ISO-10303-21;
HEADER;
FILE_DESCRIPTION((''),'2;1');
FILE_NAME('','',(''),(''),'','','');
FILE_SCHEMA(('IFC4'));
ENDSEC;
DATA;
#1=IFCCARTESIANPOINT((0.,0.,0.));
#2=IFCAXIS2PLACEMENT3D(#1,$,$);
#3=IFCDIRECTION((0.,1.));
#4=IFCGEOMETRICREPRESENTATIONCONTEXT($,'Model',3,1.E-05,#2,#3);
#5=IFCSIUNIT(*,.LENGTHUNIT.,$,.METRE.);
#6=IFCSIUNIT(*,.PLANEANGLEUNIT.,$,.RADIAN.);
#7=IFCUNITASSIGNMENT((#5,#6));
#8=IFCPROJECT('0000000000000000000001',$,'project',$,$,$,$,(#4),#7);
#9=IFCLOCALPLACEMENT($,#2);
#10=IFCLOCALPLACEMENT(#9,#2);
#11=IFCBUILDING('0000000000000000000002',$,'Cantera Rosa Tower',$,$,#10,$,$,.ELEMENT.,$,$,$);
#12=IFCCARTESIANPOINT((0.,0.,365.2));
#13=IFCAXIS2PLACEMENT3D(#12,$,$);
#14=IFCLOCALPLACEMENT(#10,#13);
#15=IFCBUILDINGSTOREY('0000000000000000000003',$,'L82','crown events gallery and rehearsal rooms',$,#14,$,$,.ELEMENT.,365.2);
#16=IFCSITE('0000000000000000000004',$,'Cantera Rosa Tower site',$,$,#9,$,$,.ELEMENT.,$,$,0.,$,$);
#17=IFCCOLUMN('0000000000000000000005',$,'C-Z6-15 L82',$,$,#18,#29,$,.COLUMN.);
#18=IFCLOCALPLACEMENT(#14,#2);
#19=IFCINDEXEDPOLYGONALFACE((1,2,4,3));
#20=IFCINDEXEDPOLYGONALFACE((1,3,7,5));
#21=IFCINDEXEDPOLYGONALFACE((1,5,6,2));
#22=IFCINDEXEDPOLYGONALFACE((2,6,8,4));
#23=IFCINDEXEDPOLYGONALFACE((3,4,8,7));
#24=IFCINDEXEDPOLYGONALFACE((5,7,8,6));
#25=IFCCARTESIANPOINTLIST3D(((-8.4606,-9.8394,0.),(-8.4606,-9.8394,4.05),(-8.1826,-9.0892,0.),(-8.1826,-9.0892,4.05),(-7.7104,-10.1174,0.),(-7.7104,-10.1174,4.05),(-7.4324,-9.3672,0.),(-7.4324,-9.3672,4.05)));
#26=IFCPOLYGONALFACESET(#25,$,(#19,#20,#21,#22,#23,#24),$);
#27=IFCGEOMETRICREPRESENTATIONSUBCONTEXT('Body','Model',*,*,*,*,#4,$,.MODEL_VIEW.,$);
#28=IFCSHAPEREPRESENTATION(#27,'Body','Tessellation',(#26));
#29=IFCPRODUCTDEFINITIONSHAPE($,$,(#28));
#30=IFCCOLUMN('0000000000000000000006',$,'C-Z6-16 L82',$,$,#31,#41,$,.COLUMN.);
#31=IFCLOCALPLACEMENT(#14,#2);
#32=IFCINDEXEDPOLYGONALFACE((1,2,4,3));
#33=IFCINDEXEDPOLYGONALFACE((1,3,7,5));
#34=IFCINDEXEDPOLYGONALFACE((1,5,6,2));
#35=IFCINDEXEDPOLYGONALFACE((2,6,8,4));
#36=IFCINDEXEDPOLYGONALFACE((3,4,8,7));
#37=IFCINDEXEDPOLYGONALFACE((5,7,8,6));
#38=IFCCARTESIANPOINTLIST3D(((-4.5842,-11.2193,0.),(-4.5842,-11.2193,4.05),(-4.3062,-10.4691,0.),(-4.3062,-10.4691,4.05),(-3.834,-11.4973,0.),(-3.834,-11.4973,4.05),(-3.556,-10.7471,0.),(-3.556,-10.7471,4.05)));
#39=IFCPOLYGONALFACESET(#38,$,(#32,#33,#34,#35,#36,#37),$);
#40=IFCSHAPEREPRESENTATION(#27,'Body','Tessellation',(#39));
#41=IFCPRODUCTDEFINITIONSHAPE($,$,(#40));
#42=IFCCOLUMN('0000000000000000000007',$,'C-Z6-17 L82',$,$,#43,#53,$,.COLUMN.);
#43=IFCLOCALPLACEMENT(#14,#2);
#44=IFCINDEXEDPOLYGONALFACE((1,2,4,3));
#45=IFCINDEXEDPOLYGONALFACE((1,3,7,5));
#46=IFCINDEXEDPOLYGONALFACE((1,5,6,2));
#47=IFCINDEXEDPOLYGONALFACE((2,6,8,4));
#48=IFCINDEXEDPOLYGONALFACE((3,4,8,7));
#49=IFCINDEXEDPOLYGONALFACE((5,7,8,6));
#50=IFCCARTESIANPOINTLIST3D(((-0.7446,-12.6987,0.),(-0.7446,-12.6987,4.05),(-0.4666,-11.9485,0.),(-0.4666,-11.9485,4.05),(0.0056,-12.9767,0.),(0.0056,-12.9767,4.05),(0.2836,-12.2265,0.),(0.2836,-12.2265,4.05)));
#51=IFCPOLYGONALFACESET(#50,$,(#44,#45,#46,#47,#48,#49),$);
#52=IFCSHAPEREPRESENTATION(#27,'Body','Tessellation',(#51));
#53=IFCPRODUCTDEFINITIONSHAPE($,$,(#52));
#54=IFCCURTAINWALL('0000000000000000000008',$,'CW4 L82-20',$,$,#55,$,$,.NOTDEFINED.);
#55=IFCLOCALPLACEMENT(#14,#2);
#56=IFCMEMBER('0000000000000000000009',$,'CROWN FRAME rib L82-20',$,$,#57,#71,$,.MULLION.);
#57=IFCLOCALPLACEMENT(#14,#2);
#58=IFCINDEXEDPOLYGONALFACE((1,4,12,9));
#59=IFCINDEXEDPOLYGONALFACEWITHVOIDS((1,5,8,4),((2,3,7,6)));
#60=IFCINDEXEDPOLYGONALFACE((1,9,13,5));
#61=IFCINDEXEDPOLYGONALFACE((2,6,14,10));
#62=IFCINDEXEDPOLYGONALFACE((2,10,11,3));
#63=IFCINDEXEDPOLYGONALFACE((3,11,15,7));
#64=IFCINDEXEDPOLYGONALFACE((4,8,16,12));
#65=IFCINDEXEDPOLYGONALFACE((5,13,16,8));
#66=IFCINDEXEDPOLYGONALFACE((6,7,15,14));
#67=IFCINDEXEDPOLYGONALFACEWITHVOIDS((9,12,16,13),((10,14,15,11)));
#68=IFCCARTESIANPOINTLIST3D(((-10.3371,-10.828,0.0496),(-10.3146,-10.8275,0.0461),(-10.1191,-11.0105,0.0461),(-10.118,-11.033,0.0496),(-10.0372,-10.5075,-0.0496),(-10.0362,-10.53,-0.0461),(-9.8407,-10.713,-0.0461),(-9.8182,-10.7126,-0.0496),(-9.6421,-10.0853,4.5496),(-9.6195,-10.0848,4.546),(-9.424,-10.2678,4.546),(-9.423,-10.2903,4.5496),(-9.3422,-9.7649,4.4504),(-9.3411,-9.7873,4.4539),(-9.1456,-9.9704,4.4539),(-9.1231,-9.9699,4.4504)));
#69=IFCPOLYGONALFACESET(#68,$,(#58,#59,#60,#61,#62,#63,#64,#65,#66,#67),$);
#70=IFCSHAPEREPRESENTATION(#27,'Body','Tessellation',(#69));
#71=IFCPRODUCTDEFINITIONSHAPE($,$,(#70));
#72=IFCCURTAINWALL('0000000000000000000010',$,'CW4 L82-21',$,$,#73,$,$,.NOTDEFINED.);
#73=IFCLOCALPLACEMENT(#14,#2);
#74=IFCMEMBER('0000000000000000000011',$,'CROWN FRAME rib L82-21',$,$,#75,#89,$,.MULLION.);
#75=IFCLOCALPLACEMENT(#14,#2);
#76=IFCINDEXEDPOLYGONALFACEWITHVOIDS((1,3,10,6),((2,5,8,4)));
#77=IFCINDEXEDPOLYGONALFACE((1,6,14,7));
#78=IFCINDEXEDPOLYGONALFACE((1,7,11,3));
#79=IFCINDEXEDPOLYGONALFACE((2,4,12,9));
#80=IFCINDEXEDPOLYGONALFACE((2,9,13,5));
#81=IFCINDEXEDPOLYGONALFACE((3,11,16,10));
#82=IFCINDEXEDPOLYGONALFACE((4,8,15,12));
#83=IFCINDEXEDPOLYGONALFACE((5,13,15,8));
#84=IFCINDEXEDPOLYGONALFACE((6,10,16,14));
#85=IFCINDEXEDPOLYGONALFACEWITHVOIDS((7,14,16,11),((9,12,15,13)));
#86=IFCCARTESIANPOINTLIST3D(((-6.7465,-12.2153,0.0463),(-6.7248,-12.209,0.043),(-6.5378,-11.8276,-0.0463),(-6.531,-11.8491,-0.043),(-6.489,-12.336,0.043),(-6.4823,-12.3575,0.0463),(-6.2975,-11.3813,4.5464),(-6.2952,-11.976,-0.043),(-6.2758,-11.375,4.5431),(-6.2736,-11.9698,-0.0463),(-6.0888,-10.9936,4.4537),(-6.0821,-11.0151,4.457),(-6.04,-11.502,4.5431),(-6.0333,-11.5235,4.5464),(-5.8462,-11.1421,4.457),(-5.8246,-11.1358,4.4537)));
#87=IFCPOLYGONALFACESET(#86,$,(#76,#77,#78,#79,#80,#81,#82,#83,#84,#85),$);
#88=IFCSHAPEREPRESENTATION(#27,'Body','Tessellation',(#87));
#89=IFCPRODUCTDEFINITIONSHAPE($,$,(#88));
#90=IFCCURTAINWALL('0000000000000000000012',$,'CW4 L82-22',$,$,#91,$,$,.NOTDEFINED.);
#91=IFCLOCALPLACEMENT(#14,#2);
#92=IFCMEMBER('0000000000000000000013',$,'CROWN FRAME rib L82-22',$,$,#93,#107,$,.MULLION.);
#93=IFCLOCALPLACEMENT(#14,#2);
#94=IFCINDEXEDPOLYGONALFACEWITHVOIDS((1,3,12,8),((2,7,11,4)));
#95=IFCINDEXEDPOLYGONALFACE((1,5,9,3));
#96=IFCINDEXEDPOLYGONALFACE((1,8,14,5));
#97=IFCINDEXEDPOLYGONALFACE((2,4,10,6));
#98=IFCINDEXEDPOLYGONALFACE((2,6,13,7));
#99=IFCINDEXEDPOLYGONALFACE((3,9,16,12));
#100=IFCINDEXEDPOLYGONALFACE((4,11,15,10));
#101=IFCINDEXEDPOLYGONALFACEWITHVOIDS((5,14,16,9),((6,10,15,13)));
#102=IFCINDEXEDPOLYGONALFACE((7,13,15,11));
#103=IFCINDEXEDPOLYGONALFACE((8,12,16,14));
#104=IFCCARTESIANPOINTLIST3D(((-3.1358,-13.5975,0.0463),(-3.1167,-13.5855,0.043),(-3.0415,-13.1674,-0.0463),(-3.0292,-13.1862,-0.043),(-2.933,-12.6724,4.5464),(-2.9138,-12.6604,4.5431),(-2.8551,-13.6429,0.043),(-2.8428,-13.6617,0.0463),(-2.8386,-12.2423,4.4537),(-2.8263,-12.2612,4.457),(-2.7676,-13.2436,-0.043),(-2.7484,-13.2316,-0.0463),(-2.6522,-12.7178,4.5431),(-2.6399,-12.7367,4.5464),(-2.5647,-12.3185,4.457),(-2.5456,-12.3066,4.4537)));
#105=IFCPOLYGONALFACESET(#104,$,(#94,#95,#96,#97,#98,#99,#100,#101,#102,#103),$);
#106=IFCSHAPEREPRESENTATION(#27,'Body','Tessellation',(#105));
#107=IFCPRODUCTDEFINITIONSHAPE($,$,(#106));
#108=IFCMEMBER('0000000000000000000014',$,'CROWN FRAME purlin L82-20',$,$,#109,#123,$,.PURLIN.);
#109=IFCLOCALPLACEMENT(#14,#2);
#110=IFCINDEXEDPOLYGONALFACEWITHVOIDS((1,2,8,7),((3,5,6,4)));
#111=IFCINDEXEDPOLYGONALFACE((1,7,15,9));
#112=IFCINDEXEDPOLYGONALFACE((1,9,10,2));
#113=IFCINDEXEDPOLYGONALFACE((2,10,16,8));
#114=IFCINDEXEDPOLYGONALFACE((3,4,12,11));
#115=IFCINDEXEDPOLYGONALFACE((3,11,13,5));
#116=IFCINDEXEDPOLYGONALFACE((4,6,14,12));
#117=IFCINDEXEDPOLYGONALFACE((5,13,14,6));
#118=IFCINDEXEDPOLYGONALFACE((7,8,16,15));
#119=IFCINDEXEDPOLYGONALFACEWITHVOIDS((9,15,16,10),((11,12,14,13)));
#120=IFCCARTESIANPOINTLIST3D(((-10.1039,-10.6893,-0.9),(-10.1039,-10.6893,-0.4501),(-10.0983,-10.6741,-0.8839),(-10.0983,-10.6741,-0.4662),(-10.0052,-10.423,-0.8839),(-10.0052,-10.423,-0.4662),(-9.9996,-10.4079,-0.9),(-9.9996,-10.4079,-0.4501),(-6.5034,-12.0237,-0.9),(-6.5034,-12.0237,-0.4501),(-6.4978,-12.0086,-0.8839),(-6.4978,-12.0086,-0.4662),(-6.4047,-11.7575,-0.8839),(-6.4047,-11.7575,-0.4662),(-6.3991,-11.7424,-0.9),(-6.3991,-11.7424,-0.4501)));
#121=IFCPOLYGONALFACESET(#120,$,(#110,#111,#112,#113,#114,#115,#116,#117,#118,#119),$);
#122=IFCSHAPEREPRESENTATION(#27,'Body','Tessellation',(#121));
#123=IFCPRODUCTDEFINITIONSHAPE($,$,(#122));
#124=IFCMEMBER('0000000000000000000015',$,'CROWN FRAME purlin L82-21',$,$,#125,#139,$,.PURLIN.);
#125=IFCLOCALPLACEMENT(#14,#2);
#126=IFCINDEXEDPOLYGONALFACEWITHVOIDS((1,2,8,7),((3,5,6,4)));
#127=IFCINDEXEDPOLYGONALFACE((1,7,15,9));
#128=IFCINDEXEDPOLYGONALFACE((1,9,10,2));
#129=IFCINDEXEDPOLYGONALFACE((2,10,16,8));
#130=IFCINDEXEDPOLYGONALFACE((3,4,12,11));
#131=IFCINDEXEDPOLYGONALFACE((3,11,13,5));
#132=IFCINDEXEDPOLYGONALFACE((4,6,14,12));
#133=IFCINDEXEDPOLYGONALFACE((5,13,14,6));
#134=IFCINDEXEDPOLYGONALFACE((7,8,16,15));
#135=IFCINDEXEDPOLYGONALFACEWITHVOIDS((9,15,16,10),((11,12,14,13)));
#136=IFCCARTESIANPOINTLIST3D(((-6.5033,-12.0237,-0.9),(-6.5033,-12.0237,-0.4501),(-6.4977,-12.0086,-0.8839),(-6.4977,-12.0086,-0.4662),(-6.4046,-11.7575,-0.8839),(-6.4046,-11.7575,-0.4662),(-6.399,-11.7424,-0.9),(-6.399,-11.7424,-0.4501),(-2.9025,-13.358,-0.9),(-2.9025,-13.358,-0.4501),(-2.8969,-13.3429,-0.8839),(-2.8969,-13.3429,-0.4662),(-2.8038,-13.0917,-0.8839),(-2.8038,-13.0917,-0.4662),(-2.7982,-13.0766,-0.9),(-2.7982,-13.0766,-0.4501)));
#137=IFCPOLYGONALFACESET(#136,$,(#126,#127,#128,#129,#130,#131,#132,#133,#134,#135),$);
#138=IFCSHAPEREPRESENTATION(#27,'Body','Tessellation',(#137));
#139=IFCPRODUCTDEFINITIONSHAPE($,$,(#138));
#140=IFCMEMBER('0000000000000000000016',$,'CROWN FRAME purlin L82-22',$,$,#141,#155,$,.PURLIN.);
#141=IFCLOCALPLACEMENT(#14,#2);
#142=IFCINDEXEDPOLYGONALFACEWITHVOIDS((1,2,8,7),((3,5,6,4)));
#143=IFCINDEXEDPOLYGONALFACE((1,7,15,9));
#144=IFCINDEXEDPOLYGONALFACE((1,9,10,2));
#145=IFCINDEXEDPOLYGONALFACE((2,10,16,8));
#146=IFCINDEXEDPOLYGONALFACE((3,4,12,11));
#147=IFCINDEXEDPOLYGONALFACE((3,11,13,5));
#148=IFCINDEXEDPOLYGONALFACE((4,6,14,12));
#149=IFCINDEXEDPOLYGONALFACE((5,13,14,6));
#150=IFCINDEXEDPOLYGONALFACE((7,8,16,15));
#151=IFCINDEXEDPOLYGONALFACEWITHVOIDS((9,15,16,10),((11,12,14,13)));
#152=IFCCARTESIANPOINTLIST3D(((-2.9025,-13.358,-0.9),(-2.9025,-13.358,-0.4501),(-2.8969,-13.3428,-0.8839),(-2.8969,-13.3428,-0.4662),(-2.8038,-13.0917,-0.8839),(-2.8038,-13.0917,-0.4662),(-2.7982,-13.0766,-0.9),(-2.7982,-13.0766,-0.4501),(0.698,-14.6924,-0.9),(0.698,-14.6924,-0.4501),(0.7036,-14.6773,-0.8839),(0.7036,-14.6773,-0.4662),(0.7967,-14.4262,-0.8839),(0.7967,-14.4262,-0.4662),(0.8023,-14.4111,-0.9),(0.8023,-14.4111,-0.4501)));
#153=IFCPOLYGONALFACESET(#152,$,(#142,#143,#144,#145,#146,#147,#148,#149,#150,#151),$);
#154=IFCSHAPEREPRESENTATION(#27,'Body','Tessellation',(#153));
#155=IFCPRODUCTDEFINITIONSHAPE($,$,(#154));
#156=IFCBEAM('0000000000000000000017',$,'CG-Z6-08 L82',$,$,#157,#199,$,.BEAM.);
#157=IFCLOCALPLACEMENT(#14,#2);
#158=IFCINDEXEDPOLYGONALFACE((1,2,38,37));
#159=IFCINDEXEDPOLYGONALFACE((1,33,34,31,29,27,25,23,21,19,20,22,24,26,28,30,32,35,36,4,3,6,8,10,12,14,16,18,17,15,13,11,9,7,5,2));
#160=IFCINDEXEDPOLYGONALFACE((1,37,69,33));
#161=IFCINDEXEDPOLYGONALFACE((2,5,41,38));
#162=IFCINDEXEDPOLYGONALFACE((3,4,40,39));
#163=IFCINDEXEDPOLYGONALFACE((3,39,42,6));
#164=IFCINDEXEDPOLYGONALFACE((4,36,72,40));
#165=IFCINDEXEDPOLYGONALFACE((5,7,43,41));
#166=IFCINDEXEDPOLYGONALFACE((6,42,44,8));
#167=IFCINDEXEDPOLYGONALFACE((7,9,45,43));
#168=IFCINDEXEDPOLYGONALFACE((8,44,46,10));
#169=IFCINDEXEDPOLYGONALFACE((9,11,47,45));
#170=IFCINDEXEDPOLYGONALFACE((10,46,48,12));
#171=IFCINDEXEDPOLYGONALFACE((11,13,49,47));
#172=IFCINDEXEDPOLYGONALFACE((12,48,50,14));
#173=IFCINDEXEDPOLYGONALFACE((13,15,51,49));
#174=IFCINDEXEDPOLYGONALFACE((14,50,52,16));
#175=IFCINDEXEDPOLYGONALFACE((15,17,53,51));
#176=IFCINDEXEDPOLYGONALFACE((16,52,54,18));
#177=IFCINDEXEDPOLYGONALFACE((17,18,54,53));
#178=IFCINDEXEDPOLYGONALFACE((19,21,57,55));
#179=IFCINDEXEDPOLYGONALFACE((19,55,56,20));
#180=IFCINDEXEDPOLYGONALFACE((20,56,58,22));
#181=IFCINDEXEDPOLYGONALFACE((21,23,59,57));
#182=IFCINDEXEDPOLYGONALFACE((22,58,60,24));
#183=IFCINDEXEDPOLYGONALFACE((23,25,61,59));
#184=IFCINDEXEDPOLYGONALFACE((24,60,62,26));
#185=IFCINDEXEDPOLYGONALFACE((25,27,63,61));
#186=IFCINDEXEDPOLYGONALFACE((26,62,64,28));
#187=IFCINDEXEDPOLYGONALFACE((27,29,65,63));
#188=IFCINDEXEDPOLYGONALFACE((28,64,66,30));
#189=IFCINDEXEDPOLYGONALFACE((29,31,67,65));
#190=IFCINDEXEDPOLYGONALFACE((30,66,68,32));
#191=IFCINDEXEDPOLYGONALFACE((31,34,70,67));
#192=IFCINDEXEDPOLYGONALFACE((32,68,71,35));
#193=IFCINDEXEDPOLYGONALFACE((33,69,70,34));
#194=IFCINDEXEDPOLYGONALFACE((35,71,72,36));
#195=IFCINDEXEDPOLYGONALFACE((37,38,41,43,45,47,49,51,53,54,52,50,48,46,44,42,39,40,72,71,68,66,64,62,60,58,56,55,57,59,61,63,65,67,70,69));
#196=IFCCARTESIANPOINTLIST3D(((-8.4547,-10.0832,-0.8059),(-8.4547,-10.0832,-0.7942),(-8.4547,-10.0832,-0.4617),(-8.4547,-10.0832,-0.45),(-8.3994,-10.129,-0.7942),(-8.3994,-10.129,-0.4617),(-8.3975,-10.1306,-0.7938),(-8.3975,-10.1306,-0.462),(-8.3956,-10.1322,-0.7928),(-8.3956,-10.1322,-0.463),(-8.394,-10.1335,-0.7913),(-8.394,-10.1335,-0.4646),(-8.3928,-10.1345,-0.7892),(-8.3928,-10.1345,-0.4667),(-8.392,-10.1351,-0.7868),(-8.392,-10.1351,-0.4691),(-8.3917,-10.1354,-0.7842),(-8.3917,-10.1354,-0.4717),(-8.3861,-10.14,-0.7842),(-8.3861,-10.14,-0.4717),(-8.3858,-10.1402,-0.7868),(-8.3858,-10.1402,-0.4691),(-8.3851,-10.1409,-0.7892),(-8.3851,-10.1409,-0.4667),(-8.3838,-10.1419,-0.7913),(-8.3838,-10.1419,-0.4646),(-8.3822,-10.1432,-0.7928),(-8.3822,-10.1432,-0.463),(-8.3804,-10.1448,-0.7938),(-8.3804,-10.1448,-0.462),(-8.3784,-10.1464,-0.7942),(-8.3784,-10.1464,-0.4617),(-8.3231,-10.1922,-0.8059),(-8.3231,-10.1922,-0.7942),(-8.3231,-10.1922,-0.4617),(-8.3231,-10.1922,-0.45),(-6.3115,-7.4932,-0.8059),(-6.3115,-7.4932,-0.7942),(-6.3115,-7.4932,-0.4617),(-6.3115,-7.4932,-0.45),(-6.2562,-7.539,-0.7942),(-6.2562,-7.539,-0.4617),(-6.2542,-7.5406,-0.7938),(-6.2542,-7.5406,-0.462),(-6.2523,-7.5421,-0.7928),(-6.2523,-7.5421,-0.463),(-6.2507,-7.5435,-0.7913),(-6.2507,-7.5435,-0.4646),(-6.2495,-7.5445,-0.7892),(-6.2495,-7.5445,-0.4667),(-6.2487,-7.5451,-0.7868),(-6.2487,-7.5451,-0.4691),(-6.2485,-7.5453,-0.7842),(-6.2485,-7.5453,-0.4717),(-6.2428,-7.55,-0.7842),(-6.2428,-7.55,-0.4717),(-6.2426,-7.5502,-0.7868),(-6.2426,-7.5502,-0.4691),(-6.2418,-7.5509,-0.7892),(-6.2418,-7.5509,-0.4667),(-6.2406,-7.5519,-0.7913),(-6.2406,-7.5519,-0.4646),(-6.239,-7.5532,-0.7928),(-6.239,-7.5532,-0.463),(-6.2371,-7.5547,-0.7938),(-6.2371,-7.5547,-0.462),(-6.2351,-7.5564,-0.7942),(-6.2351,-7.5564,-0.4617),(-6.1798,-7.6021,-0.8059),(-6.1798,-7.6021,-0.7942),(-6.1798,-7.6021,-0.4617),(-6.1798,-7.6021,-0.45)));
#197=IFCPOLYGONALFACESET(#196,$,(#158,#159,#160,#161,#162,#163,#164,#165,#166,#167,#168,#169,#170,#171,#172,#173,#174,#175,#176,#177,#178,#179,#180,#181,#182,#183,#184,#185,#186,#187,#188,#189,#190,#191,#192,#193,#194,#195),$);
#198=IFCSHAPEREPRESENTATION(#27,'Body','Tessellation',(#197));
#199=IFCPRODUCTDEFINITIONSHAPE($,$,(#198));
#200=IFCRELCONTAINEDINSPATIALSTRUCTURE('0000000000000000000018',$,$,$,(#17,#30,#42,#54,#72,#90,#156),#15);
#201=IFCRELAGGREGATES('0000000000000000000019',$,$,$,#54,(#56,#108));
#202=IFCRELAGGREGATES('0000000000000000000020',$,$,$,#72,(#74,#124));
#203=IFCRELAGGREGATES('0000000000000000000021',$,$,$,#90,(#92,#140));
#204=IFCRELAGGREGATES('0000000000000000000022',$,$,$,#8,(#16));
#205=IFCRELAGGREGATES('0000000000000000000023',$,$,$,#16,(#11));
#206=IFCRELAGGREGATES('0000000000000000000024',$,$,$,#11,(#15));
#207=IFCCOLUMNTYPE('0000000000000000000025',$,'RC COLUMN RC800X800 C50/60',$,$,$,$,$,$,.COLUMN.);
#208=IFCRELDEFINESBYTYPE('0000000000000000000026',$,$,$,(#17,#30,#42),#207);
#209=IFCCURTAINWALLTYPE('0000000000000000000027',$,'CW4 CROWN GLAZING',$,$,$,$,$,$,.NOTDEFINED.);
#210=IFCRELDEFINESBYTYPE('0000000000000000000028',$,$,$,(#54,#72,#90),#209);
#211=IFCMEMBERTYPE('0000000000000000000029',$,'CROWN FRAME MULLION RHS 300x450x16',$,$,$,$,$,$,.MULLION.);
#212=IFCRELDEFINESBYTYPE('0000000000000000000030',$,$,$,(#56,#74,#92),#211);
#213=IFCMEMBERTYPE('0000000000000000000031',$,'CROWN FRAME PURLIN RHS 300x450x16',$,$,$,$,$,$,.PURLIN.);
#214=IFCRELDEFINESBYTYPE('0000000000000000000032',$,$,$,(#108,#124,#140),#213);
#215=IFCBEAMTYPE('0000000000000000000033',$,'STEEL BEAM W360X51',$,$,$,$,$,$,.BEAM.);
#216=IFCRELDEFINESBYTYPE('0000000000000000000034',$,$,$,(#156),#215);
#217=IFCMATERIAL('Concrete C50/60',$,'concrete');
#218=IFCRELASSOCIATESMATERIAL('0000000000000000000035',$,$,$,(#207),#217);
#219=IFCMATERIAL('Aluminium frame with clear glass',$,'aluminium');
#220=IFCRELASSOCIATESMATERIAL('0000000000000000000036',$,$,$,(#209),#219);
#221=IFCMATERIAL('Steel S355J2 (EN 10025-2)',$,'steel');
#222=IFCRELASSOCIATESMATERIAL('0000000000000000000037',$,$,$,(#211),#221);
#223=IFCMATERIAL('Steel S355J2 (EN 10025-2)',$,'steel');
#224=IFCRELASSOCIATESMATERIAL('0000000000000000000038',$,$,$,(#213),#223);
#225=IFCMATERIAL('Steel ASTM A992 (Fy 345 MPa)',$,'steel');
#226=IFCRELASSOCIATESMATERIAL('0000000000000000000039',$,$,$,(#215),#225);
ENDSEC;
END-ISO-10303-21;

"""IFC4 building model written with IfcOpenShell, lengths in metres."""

from ifc_helpers import new_model, si_unit, direction, frame, origin, origin_2d, place, context, subcontext, project, spatial, rectangle, hollow_rectangle, i_section, extrude, material, material_profile, profile_set, type_object, element, aggregate, save


model = new_model("IFC4")

# Units and contexts
model_context = context("Model", 3, precision=1e-05, world=origin(), true_north=direction((0.0, 1.0)))
body_context = subcontext(model_context, "Body", "Model", "MODEL_VIEW")
ifc_project = project(units=[si_unit("LENGTHUNIT", "METRE"), si_unit("PLANEANGLEUNIT", "RADIAN")], contexts=[model_context])

# Site, building, storey
site_placement = place(None, origin())
site = spatial("IfcSite", under=ifc_project, at=site_placement, Name="Cantera Rosa Tower site", CompositionType="ELEMENT", RefElevation=0.0)
building_placement = place(site_placement, origin())
building = spatial("IfcBuilding", under=site, at=building_placement, Name="Cantera Rosa Tower", CompositionType="ELEMENT")
storey_placement = place(building_placement, frame((0.0, 0.0, 365.2)))
storey = spatial("IfcBuildingStorey", under=building, at=storey_placement, Name="L82", Description="crown events gallery and rehearsal rooms", CompositionType="ELEMENT", Elevation=365.2)

# Columns
ifc_material_1 = material(Name="Concrete C50/60", Category="concrete")
ifc_material_profile_1 = material_profile(ifc_material_1, rectangle(XDim=0.8, YDim=0.8, at=origin_2d()), Name="RC COLUMN RC800X800 C50/60")
ifc_profile_set_1 = profile_set([ifc_material_profile_1], Name="Concrete C50/60")
column_type = type_object("IfcColumnType", Name="RC COLUMN RC800X800 C50/60", PredefinedType="COLUMN", material=ifc_profile_set_1)
for number, where, z_axis, x_axis, name in (
    (1, (-7.9465, -9.6033, 0.0), (0.0, 0.0, 1.0), (0.347481, 0.937687, 0.0), "C-Z6-15 L82"),
    (2, (-4.0701, -10.9832, 0.0), (0.0, 0.0, 1.0), (0.347481, 0.937687, 0.0), "C-Z6-16 L82"),
    (3, (-0.2305, -12.4626, 0.0), (0.0, 0.0, 1.0), (0.347481, 0.937687, 0.0), "C-Z6-17 L82"),
):
    element("IfcColumn", number, at=place(storey_placement, frame(where, z_axis=z_axis, x_axis=x_axis)), inside=storey, type_object=column_type, Name=name, PredefinedType="COLUMN", context=body_context, shape_type="SweptSolid", body=[
        extrude(rectangle(XDim=0.8, YDim=0.8, at=origin_2d()), origin(), (0.0, 0.0, 1.0), 4.05),
    ])

# Curtain walls, members
ifc_material_2 = material(Name="Aluminium frame with clear glass", Category="aluminium")
curtain_wall_type = type_object("IfcCurtainWallType", Name="CW4 CROWN GLAZING", PredefinedType="NOTDEFINED", material=ifc_material_2)
curtain_wall_1_placement = place(storey_placement, origin())
curtain_wall_1 = element("IfcCurtainWall", 4, at=curtain_wall_1_placement, inside=storey, type_object=curtain_wall_type, Name="CW4 L82-20", PredefinedType="NOTDEFINED")
ifc_material_3 = material(Name="Steel S355J2 (EN 10025-2)", Category="steel")
ifc_material_profile_2 = material_profile(ifc_material_3, hollow_rectangle(XDim=0.3, YDim=0.45, WallThickness=0.0161, at=origin_2d()), Name="CROWN FRAME MULLION RHS 300x450x16")
ifc_profile_set_2 = profile_set([ifc_material_profile_2], Name="Steel S355J2 (EN 10025-2)")
member_type_1 = type_object("IfcMemberType", Name="CROWN FRAME MULLION RHS 300x450x16", PredefinedType="MULLION", material=ifc_profile_set_2)
member_1_placement = place(storey_placement, frame((-10.0776, -10.7703, 0.0), z_axis=(0.150659, 0.160978, 0.975391), x_axis=(-0.730121, 0.683318, 0.0)))
member_1 = element("IfcMember", 5, at=member_1_placement, type_object=member_type_1, Name="CROWN FRAME rib L82-20", PredefinedType="MULLION", context=body_context, shape_type="SweptSolid", body=[
    extrude(hollow_rectangle(XDim=0.3, YDim=0.45, WallThickness=0.0161, at=origin_2d()), origin(), (0.0, 0.0, 1.0), 4.6135),
])
curtain_wall_2_placement = place(storey_placement, origin())
curtain_wall_2 = element("IfcCurtainWall", 6, at=curtain_wall_2_placement, inside=storey, type_object=curtain_wall_type, Name="CW4 L82-21", PredefinedType="NOTDEFINED")
member_2_placement = place(storey_placement, frame((-6.51, -12.0925, 0.0), z_axis=(0.097633, 0.181356, 0.978559), x_axis=(-0.880512, 0.474023, 0.0)))
member_2 = element("IfcMember", 7, at=member_2_placement, type_object=member_type_1, Name="CROWN FRAME rib L82-21", PredefinedType="MULLION", context=body_context, shape_type="SweptSolid", body=[
    extrude(hollow_rectangle(XDim=0.3, YDim=0.45, WallThickness=0.0161, at=origin_2d()), origin(), (0.0, 0.0, 1.0), 4.5986),
])
curtain_wall_3_placement = place(storey_placement, origin())
curtain_wall_3 = element("IfcCurtainWall", 8, at=curtain_wall_3_placement, inside=storey, type_object=curtain_wall_type, Name="CW4 L82-22", PredefinedType="NOTDEFINED")
member_3_placement = place(storey_placement, frame((-2.9421, -13.4146, 0.0), z_axis=(0.044118, 0.20116, 0.978564), x_axis=(-0.976784, 0.214227, 0.0)))
member_3 = element("IfcMember", 9, at=member_3_placement, type_object=member_type_1, Name="CROWN FRAME rib L82-22", PredefinedType="MULLION", context=body_context, shape_type="SweptSolid", body=[
    extrude(hollow_rectangle(XDim=0.3, YDim=0.45, WallThickness=0.0161, at=origin_2d()), origin(), (0.0, 0.0, 1.0), 4.5986),
])

# Members
ifc_material_4 = material(Name="Steel S355J2 (EN 10025-2)", Category="steel")
ifc_material_profile_3 = material_profile(ifc_material_4, hollow_rectangle(XDim=0.3, YDim=0.45, WallThickness=0.0161, at=origin_2d()), Name="CROWN FRAME PURLIN RHS 300x450x16")
ifc_profile_set_3 = profile_set([ifc_material_profile_3], Name="Steel S355J2 (EN 10025-2)")
member_type_2 = type_object("IfcMemberType", Name="CROWN FRAME PURLIN RHS 300x450x16", PredefinedType="PURLIN", material=ifc_profile_set_3)
member_4_placement = place(storey_placement, frame((-10.0518, -10.5486, -0.675), z_axis=(0.937671, -0.347526, 0.0), x_axis=(0.347526, 0.937671, 0.0)))
member_4 = element("IfcMember", 10, at=member_4_placement, type_object=member_type_2, Name="CROWN FRAME purlin L82-20", PredefinedType="PURLIN", context=body_context, shape_type="SweptSolid", body=[
    extrude(hollow_rectangle(XDim=0.3, YDim=0.45, WallThickness=0.0161, at=origin_2d()), origin(), (0.0, 0.0, 1.0), 3.8398),
])
member_5_placement = place(storey_placement, frame((-6.4512, -11.8831, -0.675), z_axis=(0.937699, -0.347449, 0.0), x_axis=(0.347449, 0.937699, 0.0)))
member_5 = element("IfcMember", 11, at=member_5_placement, type_object=member_type_2, Name="CROWN FRAME purlin L82-21", PredefinedType="PURLIN", context=body_context, shape_type="SweptSolid", body=[
    extrude(hollow_rectangle(XDim=0.3, YDim=0.45, WallThickness=0.0161, at=origin_2d()), origin(), (0.0, 0.0, 1.0), 3.8401),
])
member_6_placement = place(storey_placement, frame((-2.8503, -13.2173, -0.675), z_axis=(0.937671, -0.347526, 0.0), x_axis=(0.347526, 0.937671, 0.0)))
member_6 = element("IfcMember", 12, at=member_6_placement, type_object=member_type_2, Name="CROWN FRAME purlin L82-22", PredefinedType="PURLIN", context=body_context, shape_type="SweptSolid", body=[
    extrude(hollow_rectangle(XDim=0.3, YDim=0.45, WallThickness=0.0161, at=origin_2d()), origin(), (0.0, 0.0, 1.0), 3.8398),
])

# Beam
ifc_material_5 = material(Name="Steel ASTM A992 (Fy 345 MPa)", Category="steel")
ifc_material_profile_4 = material_profile(ifc_material_5, i_section(OverallWidth=0.1709, OverallDepth=0.356, WebThickness=0.0073, FlangeThickness=0.0117, FilletRadius=0.01, at=origin_2d()), Name="W360X51")
ifc_profile_set_4 = profile_set([ifc_material_profile_4], Name="Steel ASTM A992 (Fy 345 MPa)")
beam_type_1 = type_object("IfcBeamType", Name="STEEL BEAM W360X51", PredefinedType="BEAM", material=ifc_profile_set_4)
beam_1_placement = place(storey_placement, frame((-8.3889, -10.1377, -0.6279), z_axis=(0.637531, 0.770425, 0.0), x_axis=(-0.770425, 0.637531, 0.0)))
element("IfcBeam", 13, at=beam_1_placement, inside=storey, type_object=beam_type_1, Name="CG-Z6-08 L82", PredefinedType="BEAM", context=body_context, shape_type="SweptSolid", body=[
    extrude(i_section(OverallWidth=0.1709, OverallDepth=0.356, WebThickness=0.0073, FlangeThickness=0.0117, FilletRadius=0.01, at=origin_2d()), origin(), (0.0, 0.0, 1.0), 3.3618),
])

aggregate(curtain_wall_1, [member_1, member_4])
aggregate(curtain_wall_2, [member_2, member_5])
aggregate(curtain_wall_3, [member_3, member_6])

save(model, "model.ifc")
